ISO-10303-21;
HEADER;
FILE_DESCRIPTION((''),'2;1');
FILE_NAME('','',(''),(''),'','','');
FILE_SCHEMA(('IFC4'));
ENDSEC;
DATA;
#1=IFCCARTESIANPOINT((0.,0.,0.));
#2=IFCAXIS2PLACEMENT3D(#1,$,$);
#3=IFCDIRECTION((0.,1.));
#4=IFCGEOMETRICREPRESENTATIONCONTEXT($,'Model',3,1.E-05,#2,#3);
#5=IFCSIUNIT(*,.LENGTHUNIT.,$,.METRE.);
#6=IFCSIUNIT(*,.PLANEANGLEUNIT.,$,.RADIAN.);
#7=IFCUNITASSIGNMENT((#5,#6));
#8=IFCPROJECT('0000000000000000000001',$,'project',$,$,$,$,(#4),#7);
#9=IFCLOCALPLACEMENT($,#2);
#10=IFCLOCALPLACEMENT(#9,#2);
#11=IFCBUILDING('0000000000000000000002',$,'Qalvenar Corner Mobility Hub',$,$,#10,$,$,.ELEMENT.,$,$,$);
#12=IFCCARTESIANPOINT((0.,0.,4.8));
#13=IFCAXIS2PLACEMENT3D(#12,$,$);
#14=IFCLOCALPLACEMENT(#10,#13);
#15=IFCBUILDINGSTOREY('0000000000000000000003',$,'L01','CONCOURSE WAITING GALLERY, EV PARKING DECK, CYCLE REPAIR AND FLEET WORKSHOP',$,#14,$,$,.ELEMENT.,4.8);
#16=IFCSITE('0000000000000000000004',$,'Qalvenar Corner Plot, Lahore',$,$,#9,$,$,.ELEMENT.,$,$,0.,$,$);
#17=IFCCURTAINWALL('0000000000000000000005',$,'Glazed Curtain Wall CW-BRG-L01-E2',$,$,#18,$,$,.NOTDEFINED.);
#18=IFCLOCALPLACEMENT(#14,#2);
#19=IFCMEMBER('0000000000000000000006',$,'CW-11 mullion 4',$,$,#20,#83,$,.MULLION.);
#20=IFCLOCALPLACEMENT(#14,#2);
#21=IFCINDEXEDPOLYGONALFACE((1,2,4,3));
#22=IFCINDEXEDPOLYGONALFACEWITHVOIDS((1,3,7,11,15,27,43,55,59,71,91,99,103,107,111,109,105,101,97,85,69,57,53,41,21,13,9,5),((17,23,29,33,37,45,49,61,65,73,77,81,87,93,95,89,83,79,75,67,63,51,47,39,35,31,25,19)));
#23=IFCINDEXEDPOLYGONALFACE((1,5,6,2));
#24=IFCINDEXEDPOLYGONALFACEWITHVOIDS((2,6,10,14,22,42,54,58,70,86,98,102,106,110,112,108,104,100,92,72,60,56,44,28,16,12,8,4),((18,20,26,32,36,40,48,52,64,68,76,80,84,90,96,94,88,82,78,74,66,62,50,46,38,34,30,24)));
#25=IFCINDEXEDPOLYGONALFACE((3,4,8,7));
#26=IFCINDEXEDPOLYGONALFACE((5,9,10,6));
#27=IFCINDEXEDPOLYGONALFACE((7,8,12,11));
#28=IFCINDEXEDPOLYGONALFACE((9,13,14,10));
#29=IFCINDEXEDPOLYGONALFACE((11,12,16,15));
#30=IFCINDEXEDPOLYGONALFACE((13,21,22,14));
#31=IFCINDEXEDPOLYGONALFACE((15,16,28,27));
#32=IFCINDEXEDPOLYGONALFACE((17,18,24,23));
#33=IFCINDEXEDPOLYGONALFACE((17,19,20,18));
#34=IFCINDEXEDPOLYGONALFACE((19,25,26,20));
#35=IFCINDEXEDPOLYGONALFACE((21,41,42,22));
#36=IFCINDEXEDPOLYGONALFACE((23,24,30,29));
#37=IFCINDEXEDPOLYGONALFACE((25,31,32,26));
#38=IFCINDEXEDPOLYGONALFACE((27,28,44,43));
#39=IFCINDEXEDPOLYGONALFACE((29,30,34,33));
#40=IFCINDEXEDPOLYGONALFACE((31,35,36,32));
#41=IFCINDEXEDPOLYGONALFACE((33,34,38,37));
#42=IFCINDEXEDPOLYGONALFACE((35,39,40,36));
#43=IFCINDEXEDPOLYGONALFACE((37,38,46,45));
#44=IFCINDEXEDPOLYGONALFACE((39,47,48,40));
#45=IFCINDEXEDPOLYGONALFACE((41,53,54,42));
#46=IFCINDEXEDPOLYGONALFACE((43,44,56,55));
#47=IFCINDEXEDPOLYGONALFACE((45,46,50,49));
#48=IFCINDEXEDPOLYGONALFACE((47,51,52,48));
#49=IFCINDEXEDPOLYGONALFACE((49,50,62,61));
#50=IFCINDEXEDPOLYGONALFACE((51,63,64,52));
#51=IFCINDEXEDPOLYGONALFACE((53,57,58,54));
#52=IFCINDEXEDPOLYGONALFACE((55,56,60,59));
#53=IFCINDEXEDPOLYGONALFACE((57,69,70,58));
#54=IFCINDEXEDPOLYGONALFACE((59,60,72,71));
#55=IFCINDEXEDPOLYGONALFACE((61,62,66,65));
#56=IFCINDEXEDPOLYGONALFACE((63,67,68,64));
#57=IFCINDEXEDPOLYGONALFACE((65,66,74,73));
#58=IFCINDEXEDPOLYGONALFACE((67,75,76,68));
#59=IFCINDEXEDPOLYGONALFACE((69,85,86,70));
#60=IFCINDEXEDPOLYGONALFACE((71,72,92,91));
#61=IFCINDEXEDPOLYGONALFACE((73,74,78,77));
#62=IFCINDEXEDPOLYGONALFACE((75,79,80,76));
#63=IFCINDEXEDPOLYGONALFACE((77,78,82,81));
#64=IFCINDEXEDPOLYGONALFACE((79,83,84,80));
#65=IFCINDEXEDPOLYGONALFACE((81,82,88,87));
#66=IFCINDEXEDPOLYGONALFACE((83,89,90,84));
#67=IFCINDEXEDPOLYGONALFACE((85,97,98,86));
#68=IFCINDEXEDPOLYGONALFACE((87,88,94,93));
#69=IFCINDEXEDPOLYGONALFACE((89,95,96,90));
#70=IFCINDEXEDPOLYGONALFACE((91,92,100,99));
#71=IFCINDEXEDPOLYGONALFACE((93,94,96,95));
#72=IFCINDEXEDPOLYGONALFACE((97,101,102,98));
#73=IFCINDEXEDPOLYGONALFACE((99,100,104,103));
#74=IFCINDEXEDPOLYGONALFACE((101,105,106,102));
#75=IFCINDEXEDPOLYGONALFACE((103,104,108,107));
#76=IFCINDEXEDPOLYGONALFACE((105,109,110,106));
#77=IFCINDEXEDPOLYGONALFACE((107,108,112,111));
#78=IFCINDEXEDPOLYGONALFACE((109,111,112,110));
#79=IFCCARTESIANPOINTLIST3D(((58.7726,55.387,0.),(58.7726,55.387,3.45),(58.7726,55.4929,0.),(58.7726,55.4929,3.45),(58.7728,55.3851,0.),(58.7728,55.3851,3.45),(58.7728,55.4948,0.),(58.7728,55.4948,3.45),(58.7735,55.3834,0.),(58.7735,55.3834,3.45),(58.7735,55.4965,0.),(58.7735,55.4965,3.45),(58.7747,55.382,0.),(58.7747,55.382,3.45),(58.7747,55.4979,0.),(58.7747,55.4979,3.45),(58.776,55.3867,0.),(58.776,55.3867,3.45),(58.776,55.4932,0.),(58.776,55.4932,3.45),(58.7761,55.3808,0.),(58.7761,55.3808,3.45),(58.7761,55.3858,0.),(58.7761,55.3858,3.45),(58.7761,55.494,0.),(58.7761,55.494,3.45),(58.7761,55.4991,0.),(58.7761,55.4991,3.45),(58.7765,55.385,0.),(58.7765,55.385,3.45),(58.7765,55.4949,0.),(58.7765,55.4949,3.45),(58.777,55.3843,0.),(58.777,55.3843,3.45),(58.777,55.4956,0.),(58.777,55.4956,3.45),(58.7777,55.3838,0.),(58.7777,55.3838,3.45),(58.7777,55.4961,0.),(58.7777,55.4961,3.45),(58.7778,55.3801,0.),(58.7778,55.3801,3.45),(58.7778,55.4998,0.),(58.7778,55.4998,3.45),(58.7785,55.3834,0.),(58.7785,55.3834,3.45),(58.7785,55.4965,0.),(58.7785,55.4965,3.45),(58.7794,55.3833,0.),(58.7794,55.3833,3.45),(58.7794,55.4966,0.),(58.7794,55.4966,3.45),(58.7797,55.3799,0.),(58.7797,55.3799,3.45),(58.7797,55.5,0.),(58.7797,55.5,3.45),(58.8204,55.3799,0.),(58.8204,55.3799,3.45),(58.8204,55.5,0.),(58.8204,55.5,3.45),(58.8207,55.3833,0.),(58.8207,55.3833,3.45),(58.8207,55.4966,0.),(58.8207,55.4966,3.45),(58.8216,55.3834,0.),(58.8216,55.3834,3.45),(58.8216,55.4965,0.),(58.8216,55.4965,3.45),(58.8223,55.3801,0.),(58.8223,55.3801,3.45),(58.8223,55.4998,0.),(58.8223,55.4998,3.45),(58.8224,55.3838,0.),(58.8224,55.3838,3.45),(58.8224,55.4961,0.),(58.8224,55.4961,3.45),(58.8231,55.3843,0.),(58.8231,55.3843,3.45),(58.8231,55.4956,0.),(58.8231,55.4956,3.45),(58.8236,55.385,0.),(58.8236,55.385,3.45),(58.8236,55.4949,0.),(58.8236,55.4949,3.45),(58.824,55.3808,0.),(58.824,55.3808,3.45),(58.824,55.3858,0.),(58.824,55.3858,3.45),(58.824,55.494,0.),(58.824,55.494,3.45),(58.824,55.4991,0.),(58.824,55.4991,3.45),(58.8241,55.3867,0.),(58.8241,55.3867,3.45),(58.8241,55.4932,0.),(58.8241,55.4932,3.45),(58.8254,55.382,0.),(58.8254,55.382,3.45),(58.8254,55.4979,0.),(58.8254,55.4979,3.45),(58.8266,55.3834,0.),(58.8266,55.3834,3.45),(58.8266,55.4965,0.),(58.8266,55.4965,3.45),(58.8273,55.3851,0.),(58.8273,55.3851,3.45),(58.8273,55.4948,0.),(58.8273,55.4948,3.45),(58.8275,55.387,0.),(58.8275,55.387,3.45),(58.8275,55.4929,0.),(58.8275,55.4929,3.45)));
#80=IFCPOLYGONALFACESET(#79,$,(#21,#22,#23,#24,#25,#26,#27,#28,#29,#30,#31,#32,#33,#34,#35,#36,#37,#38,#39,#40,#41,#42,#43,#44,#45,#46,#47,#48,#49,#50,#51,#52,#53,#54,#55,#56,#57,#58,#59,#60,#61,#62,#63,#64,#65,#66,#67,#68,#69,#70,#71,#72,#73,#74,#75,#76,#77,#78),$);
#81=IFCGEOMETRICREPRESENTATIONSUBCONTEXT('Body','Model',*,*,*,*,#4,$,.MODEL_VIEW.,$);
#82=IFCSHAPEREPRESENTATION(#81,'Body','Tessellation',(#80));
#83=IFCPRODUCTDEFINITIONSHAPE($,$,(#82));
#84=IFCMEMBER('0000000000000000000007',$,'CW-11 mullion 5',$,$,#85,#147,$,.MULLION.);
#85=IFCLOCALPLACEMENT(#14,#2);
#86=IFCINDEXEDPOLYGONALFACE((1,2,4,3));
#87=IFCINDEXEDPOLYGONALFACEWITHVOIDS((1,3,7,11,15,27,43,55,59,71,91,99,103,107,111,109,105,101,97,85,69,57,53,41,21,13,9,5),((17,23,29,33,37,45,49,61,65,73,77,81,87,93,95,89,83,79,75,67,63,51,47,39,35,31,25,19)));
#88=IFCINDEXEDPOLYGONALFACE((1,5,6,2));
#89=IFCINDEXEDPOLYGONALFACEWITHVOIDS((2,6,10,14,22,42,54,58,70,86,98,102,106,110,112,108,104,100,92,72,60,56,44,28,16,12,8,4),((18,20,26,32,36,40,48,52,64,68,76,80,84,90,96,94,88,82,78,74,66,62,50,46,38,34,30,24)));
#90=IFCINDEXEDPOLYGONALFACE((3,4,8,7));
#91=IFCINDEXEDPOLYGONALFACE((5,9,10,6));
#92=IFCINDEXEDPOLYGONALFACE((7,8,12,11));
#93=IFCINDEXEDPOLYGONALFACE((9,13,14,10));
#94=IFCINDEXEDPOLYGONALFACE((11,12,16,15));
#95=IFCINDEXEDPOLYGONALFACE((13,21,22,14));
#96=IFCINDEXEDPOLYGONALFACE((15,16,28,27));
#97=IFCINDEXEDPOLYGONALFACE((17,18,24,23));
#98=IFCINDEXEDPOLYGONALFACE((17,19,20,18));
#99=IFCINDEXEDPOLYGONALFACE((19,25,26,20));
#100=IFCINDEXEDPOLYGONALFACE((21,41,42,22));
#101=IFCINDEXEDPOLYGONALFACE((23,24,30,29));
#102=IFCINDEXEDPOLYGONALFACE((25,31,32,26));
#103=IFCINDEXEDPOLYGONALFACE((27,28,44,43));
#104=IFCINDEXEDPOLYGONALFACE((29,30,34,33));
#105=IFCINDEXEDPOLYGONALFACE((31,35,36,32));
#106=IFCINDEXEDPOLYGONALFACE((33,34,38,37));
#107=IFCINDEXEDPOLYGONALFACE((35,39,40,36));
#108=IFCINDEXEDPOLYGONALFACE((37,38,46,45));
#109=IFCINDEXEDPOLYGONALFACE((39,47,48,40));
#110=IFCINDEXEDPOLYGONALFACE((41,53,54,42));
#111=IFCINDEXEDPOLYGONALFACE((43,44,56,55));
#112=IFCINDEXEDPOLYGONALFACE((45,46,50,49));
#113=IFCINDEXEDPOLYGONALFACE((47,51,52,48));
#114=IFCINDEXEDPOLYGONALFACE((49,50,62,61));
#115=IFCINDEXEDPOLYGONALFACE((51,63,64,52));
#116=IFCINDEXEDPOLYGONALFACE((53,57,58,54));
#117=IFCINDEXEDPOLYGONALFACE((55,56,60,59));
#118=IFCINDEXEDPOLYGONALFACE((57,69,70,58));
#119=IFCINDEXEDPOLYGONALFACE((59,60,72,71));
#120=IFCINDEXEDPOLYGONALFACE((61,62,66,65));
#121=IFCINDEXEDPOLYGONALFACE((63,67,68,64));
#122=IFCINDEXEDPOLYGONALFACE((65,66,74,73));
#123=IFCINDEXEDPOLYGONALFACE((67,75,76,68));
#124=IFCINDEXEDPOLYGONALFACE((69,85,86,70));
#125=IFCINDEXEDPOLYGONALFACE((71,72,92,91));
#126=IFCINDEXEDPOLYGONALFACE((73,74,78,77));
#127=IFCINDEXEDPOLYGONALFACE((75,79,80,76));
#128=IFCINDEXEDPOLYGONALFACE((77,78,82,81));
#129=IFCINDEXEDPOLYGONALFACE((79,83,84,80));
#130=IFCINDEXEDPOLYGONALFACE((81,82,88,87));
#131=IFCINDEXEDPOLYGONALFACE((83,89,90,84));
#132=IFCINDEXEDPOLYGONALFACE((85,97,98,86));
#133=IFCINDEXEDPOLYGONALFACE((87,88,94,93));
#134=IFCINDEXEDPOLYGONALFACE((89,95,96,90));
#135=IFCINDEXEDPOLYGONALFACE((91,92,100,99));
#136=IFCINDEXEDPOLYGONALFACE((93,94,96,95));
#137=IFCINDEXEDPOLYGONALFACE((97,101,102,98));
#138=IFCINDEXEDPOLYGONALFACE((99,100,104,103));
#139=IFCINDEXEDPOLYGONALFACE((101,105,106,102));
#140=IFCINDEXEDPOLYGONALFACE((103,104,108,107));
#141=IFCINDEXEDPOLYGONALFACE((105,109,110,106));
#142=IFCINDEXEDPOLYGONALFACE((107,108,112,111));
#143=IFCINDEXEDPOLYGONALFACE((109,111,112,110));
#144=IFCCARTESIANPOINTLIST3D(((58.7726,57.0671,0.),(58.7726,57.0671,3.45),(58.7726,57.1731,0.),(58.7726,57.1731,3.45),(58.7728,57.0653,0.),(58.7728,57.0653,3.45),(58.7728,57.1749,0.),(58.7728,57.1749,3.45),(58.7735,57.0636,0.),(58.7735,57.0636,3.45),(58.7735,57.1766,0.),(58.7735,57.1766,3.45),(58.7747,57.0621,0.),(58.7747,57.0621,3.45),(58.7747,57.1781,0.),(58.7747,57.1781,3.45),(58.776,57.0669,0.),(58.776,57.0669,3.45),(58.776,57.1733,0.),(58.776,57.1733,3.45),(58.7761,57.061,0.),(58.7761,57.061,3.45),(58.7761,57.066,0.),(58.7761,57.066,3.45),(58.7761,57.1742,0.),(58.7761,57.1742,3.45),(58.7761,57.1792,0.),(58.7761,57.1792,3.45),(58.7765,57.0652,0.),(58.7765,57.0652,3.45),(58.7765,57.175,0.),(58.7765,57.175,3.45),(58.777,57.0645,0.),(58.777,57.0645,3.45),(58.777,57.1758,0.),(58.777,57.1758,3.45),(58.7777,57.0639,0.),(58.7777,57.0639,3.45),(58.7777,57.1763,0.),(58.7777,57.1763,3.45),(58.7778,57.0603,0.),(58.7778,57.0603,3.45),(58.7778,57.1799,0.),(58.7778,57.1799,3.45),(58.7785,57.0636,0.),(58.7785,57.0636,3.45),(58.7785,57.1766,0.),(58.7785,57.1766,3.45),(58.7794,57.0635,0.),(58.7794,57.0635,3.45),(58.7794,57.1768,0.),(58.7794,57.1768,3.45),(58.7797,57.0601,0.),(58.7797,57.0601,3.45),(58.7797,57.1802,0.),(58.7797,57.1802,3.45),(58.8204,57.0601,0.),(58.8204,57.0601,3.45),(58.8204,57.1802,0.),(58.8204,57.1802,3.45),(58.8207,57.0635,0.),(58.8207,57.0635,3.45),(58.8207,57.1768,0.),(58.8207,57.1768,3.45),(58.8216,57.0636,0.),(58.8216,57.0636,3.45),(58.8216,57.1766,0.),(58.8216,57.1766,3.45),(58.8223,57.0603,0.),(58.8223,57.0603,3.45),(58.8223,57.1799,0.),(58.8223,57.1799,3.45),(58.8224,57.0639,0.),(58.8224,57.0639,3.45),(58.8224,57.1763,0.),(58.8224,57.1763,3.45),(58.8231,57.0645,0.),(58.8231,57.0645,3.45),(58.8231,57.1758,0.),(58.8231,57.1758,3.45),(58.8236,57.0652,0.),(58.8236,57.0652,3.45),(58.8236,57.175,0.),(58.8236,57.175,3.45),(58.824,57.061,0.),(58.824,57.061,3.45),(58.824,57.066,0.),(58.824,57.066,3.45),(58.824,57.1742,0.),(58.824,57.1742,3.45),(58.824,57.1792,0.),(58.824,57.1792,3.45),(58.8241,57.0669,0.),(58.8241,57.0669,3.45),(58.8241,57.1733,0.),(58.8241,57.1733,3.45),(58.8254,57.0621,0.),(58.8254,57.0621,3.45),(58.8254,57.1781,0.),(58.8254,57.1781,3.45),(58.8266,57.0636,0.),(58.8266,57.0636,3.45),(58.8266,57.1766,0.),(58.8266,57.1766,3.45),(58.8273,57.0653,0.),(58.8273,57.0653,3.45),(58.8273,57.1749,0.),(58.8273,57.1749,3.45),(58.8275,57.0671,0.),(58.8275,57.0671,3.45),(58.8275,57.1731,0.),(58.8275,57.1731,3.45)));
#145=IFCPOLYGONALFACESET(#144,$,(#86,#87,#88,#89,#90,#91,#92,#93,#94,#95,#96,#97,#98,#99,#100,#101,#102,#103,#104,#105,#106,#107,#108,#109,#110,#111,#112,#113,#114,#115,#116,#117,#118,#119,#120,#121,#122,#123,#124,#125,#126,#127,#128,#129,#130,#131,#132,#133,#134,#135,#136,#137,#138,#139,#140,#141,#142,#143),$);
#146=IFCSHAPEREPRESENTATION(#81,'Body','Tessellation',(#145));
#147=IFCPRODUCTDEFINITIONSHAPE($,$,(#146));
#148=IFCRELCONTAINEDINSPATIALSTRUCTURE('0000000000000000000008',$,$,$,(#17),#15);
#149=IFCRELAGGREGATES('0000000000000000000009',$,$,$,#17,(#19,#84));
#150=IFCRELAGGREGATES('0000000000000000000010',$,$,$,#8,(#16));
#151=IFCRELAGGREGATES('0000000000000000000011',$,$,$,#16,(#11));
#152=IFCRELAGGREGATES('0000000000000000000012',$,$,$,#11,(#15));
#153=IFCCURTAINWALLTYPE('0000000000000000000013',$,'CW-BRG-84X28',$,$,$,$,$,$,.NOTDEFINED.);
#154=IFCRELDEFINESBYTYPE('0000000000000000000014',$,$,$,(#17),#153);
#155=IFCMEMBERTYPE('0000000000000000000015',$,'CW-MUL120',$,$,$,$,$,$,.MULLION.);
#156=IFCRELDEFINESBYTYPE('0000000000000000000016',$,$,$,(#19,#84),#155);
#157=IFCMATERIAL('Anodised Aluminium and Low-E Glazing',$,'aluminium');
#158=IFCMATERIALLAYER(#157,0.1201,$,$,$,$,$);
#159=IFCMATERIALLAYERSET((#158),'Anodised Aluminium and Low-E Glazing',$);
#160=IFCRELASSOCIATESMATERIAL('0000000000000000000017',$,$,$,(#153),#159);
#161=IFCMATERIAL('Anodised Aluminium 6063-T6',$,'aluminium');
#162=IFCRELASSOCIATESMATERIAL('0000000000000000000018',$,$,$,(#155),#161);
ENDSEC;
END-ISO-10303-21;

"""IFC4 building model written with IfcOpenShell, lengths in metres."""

from ifc_helpers import new_model, si_unit, direction, frame, origin, origin_2d, place, context, subcontext, project, spatial, hollow_rectangle, extrude, material, layer, layer_set, material_profile, profile_set, type_object, element, aggregate, save


model = new_model("IFC4")

# Units and contexts
model_context = context("Model", 3, precision=1e-05, world=origin(), true_north=direction((0.0, 1.0)))
body_context = subcontext(model_context, "Body", "Model", "MODEL_VIEW")
ifc_project = project(units=[si_unit("LENGTHUNIT", "METRE"), si_unit("PLANEANGLEUNIT", "RADIAN")], contexts=[model_context])

# Site, building, storey
site_placement = place(None, origin())
site = spatial("IfcSite", under=ifc_project, at=site_placement, Name="Qalvenar Corner Plot, Lahore", CompositionType="ELEMENT", RefElevation=0.0)
building_placement = place(site_placement, origin())
building = spatial("IfcBuilding", under=site, at=building_placement, Name="Qalvenar Corner Mobility Hub", CompositionType="ELEMENT")
storey_placement = place(building_placement, frame((0.0, 0.0, 4.8)))
storey = spatial("IfcBuildingStorey", under=building, at=storey_placement, Name="L01", Description="CONCOURSE WAITING GALLERY, EV PARKING DECK, CYCLE REPAIR AND FLEET WORKSHOP", CompositionType="ELEMENT", Elevation=4.8)

# Curtain wall, members
ifc_material_1 = material(Name="Anodised Aluminium and Low-E Glazing", Category="aluminium")
ifc_layer_1 = layer(ifc_material_1, 0.1201)
ifc_layer_set_1 = layer_set([ifc_layer_1], Name="Anodised Aluminium and Low-E Glazing")
curtain_wall_type = type_object("IfcCurtainWallType", Name="CW-BRG-84X28", PredefinedType="NOTDEFINED", material=ifc_layer_set_1)
curtain_wall_placement = place(storey_placement, origin())
curtain_wall = element("IfcCurtainWall", 1, at=curtain_wall_placement, inside=storey, type_object=curtain_wall_type, Name="Glazed Curtain Wall CW-BRG-L01-E2", PredefinedType="NOTDEFINED")
ifc_material_2 = material(Name="Anodised Aluminium 6063-T6", Category="aluminium")
ifc_material_profile_1 = material_profile(ifc_material_2, hollow_rectangle(XDim=0.0549, YDim=0.1201, WallThickness=0.0034, InnerFilletRadius=0.0034, OuterFilletRadius=0.0071, at=origin_2d()), Name="RHS120x55x3.5")
ifc_profile_set_1 = profile_set([ifc_material_profile_1], Name="Anodised Aluminium 6063-T6")
member_type_1 = type_object("IfcMemberType", Name="CW-MUL120", PredefinedType="MULLION", material=ifc_profile_set_1)
member_1_placement = place(storey_placement, frame((58.8, 55.4399, 0.0), z_axis=(0.0, 0.0, 1.0), x_axis=(-1.0, 0.0, 0.0)))
member_1 = element("IfcMember", 2, at=member_1_placement, type_object=member_type_1, Name="CW-11 mullion 4", PredefinedType="MULLION", context=body_context, shape_type="SweptSolid", body=[
    extrude(hollow_rectangle(XDim=0.0549, YDim=0.1201, WallThickness=0.0034, InnerFilletRadius=0.0034, OuterFilletRadius=0.0071, at=origin_2d()), origin(), (0.0, 0.0, 1.0), 3.45),
])
member_2_placement = place(storey_placement, frame((58.8, 57.1201, 0.0), z_axis=(0.0, 0.0, 1.0), x_axis=(-1.0, 0.0, 0.0)))
member_2 = element("IfcMember", 3, at=member_2_placement, type_object=member_type_1, Name="CW-11 mullion 5", PredefinedType="MULLION", context=body_context, shape_type="SweptSolid", body=[
    extrude(hollow_rectangle(XDim=0.0549, YDim=0.1201, WallThickness=0.0034, InnerFilletRadius=0.0034, OuterFilletRadius=0.0071, at=origin_2d()), origin(), (0.0, 0.0, 1.0), 3.45),
])
aggregate(curtain_wall, [member_1, member_2])

save(model, "model.ifc")
